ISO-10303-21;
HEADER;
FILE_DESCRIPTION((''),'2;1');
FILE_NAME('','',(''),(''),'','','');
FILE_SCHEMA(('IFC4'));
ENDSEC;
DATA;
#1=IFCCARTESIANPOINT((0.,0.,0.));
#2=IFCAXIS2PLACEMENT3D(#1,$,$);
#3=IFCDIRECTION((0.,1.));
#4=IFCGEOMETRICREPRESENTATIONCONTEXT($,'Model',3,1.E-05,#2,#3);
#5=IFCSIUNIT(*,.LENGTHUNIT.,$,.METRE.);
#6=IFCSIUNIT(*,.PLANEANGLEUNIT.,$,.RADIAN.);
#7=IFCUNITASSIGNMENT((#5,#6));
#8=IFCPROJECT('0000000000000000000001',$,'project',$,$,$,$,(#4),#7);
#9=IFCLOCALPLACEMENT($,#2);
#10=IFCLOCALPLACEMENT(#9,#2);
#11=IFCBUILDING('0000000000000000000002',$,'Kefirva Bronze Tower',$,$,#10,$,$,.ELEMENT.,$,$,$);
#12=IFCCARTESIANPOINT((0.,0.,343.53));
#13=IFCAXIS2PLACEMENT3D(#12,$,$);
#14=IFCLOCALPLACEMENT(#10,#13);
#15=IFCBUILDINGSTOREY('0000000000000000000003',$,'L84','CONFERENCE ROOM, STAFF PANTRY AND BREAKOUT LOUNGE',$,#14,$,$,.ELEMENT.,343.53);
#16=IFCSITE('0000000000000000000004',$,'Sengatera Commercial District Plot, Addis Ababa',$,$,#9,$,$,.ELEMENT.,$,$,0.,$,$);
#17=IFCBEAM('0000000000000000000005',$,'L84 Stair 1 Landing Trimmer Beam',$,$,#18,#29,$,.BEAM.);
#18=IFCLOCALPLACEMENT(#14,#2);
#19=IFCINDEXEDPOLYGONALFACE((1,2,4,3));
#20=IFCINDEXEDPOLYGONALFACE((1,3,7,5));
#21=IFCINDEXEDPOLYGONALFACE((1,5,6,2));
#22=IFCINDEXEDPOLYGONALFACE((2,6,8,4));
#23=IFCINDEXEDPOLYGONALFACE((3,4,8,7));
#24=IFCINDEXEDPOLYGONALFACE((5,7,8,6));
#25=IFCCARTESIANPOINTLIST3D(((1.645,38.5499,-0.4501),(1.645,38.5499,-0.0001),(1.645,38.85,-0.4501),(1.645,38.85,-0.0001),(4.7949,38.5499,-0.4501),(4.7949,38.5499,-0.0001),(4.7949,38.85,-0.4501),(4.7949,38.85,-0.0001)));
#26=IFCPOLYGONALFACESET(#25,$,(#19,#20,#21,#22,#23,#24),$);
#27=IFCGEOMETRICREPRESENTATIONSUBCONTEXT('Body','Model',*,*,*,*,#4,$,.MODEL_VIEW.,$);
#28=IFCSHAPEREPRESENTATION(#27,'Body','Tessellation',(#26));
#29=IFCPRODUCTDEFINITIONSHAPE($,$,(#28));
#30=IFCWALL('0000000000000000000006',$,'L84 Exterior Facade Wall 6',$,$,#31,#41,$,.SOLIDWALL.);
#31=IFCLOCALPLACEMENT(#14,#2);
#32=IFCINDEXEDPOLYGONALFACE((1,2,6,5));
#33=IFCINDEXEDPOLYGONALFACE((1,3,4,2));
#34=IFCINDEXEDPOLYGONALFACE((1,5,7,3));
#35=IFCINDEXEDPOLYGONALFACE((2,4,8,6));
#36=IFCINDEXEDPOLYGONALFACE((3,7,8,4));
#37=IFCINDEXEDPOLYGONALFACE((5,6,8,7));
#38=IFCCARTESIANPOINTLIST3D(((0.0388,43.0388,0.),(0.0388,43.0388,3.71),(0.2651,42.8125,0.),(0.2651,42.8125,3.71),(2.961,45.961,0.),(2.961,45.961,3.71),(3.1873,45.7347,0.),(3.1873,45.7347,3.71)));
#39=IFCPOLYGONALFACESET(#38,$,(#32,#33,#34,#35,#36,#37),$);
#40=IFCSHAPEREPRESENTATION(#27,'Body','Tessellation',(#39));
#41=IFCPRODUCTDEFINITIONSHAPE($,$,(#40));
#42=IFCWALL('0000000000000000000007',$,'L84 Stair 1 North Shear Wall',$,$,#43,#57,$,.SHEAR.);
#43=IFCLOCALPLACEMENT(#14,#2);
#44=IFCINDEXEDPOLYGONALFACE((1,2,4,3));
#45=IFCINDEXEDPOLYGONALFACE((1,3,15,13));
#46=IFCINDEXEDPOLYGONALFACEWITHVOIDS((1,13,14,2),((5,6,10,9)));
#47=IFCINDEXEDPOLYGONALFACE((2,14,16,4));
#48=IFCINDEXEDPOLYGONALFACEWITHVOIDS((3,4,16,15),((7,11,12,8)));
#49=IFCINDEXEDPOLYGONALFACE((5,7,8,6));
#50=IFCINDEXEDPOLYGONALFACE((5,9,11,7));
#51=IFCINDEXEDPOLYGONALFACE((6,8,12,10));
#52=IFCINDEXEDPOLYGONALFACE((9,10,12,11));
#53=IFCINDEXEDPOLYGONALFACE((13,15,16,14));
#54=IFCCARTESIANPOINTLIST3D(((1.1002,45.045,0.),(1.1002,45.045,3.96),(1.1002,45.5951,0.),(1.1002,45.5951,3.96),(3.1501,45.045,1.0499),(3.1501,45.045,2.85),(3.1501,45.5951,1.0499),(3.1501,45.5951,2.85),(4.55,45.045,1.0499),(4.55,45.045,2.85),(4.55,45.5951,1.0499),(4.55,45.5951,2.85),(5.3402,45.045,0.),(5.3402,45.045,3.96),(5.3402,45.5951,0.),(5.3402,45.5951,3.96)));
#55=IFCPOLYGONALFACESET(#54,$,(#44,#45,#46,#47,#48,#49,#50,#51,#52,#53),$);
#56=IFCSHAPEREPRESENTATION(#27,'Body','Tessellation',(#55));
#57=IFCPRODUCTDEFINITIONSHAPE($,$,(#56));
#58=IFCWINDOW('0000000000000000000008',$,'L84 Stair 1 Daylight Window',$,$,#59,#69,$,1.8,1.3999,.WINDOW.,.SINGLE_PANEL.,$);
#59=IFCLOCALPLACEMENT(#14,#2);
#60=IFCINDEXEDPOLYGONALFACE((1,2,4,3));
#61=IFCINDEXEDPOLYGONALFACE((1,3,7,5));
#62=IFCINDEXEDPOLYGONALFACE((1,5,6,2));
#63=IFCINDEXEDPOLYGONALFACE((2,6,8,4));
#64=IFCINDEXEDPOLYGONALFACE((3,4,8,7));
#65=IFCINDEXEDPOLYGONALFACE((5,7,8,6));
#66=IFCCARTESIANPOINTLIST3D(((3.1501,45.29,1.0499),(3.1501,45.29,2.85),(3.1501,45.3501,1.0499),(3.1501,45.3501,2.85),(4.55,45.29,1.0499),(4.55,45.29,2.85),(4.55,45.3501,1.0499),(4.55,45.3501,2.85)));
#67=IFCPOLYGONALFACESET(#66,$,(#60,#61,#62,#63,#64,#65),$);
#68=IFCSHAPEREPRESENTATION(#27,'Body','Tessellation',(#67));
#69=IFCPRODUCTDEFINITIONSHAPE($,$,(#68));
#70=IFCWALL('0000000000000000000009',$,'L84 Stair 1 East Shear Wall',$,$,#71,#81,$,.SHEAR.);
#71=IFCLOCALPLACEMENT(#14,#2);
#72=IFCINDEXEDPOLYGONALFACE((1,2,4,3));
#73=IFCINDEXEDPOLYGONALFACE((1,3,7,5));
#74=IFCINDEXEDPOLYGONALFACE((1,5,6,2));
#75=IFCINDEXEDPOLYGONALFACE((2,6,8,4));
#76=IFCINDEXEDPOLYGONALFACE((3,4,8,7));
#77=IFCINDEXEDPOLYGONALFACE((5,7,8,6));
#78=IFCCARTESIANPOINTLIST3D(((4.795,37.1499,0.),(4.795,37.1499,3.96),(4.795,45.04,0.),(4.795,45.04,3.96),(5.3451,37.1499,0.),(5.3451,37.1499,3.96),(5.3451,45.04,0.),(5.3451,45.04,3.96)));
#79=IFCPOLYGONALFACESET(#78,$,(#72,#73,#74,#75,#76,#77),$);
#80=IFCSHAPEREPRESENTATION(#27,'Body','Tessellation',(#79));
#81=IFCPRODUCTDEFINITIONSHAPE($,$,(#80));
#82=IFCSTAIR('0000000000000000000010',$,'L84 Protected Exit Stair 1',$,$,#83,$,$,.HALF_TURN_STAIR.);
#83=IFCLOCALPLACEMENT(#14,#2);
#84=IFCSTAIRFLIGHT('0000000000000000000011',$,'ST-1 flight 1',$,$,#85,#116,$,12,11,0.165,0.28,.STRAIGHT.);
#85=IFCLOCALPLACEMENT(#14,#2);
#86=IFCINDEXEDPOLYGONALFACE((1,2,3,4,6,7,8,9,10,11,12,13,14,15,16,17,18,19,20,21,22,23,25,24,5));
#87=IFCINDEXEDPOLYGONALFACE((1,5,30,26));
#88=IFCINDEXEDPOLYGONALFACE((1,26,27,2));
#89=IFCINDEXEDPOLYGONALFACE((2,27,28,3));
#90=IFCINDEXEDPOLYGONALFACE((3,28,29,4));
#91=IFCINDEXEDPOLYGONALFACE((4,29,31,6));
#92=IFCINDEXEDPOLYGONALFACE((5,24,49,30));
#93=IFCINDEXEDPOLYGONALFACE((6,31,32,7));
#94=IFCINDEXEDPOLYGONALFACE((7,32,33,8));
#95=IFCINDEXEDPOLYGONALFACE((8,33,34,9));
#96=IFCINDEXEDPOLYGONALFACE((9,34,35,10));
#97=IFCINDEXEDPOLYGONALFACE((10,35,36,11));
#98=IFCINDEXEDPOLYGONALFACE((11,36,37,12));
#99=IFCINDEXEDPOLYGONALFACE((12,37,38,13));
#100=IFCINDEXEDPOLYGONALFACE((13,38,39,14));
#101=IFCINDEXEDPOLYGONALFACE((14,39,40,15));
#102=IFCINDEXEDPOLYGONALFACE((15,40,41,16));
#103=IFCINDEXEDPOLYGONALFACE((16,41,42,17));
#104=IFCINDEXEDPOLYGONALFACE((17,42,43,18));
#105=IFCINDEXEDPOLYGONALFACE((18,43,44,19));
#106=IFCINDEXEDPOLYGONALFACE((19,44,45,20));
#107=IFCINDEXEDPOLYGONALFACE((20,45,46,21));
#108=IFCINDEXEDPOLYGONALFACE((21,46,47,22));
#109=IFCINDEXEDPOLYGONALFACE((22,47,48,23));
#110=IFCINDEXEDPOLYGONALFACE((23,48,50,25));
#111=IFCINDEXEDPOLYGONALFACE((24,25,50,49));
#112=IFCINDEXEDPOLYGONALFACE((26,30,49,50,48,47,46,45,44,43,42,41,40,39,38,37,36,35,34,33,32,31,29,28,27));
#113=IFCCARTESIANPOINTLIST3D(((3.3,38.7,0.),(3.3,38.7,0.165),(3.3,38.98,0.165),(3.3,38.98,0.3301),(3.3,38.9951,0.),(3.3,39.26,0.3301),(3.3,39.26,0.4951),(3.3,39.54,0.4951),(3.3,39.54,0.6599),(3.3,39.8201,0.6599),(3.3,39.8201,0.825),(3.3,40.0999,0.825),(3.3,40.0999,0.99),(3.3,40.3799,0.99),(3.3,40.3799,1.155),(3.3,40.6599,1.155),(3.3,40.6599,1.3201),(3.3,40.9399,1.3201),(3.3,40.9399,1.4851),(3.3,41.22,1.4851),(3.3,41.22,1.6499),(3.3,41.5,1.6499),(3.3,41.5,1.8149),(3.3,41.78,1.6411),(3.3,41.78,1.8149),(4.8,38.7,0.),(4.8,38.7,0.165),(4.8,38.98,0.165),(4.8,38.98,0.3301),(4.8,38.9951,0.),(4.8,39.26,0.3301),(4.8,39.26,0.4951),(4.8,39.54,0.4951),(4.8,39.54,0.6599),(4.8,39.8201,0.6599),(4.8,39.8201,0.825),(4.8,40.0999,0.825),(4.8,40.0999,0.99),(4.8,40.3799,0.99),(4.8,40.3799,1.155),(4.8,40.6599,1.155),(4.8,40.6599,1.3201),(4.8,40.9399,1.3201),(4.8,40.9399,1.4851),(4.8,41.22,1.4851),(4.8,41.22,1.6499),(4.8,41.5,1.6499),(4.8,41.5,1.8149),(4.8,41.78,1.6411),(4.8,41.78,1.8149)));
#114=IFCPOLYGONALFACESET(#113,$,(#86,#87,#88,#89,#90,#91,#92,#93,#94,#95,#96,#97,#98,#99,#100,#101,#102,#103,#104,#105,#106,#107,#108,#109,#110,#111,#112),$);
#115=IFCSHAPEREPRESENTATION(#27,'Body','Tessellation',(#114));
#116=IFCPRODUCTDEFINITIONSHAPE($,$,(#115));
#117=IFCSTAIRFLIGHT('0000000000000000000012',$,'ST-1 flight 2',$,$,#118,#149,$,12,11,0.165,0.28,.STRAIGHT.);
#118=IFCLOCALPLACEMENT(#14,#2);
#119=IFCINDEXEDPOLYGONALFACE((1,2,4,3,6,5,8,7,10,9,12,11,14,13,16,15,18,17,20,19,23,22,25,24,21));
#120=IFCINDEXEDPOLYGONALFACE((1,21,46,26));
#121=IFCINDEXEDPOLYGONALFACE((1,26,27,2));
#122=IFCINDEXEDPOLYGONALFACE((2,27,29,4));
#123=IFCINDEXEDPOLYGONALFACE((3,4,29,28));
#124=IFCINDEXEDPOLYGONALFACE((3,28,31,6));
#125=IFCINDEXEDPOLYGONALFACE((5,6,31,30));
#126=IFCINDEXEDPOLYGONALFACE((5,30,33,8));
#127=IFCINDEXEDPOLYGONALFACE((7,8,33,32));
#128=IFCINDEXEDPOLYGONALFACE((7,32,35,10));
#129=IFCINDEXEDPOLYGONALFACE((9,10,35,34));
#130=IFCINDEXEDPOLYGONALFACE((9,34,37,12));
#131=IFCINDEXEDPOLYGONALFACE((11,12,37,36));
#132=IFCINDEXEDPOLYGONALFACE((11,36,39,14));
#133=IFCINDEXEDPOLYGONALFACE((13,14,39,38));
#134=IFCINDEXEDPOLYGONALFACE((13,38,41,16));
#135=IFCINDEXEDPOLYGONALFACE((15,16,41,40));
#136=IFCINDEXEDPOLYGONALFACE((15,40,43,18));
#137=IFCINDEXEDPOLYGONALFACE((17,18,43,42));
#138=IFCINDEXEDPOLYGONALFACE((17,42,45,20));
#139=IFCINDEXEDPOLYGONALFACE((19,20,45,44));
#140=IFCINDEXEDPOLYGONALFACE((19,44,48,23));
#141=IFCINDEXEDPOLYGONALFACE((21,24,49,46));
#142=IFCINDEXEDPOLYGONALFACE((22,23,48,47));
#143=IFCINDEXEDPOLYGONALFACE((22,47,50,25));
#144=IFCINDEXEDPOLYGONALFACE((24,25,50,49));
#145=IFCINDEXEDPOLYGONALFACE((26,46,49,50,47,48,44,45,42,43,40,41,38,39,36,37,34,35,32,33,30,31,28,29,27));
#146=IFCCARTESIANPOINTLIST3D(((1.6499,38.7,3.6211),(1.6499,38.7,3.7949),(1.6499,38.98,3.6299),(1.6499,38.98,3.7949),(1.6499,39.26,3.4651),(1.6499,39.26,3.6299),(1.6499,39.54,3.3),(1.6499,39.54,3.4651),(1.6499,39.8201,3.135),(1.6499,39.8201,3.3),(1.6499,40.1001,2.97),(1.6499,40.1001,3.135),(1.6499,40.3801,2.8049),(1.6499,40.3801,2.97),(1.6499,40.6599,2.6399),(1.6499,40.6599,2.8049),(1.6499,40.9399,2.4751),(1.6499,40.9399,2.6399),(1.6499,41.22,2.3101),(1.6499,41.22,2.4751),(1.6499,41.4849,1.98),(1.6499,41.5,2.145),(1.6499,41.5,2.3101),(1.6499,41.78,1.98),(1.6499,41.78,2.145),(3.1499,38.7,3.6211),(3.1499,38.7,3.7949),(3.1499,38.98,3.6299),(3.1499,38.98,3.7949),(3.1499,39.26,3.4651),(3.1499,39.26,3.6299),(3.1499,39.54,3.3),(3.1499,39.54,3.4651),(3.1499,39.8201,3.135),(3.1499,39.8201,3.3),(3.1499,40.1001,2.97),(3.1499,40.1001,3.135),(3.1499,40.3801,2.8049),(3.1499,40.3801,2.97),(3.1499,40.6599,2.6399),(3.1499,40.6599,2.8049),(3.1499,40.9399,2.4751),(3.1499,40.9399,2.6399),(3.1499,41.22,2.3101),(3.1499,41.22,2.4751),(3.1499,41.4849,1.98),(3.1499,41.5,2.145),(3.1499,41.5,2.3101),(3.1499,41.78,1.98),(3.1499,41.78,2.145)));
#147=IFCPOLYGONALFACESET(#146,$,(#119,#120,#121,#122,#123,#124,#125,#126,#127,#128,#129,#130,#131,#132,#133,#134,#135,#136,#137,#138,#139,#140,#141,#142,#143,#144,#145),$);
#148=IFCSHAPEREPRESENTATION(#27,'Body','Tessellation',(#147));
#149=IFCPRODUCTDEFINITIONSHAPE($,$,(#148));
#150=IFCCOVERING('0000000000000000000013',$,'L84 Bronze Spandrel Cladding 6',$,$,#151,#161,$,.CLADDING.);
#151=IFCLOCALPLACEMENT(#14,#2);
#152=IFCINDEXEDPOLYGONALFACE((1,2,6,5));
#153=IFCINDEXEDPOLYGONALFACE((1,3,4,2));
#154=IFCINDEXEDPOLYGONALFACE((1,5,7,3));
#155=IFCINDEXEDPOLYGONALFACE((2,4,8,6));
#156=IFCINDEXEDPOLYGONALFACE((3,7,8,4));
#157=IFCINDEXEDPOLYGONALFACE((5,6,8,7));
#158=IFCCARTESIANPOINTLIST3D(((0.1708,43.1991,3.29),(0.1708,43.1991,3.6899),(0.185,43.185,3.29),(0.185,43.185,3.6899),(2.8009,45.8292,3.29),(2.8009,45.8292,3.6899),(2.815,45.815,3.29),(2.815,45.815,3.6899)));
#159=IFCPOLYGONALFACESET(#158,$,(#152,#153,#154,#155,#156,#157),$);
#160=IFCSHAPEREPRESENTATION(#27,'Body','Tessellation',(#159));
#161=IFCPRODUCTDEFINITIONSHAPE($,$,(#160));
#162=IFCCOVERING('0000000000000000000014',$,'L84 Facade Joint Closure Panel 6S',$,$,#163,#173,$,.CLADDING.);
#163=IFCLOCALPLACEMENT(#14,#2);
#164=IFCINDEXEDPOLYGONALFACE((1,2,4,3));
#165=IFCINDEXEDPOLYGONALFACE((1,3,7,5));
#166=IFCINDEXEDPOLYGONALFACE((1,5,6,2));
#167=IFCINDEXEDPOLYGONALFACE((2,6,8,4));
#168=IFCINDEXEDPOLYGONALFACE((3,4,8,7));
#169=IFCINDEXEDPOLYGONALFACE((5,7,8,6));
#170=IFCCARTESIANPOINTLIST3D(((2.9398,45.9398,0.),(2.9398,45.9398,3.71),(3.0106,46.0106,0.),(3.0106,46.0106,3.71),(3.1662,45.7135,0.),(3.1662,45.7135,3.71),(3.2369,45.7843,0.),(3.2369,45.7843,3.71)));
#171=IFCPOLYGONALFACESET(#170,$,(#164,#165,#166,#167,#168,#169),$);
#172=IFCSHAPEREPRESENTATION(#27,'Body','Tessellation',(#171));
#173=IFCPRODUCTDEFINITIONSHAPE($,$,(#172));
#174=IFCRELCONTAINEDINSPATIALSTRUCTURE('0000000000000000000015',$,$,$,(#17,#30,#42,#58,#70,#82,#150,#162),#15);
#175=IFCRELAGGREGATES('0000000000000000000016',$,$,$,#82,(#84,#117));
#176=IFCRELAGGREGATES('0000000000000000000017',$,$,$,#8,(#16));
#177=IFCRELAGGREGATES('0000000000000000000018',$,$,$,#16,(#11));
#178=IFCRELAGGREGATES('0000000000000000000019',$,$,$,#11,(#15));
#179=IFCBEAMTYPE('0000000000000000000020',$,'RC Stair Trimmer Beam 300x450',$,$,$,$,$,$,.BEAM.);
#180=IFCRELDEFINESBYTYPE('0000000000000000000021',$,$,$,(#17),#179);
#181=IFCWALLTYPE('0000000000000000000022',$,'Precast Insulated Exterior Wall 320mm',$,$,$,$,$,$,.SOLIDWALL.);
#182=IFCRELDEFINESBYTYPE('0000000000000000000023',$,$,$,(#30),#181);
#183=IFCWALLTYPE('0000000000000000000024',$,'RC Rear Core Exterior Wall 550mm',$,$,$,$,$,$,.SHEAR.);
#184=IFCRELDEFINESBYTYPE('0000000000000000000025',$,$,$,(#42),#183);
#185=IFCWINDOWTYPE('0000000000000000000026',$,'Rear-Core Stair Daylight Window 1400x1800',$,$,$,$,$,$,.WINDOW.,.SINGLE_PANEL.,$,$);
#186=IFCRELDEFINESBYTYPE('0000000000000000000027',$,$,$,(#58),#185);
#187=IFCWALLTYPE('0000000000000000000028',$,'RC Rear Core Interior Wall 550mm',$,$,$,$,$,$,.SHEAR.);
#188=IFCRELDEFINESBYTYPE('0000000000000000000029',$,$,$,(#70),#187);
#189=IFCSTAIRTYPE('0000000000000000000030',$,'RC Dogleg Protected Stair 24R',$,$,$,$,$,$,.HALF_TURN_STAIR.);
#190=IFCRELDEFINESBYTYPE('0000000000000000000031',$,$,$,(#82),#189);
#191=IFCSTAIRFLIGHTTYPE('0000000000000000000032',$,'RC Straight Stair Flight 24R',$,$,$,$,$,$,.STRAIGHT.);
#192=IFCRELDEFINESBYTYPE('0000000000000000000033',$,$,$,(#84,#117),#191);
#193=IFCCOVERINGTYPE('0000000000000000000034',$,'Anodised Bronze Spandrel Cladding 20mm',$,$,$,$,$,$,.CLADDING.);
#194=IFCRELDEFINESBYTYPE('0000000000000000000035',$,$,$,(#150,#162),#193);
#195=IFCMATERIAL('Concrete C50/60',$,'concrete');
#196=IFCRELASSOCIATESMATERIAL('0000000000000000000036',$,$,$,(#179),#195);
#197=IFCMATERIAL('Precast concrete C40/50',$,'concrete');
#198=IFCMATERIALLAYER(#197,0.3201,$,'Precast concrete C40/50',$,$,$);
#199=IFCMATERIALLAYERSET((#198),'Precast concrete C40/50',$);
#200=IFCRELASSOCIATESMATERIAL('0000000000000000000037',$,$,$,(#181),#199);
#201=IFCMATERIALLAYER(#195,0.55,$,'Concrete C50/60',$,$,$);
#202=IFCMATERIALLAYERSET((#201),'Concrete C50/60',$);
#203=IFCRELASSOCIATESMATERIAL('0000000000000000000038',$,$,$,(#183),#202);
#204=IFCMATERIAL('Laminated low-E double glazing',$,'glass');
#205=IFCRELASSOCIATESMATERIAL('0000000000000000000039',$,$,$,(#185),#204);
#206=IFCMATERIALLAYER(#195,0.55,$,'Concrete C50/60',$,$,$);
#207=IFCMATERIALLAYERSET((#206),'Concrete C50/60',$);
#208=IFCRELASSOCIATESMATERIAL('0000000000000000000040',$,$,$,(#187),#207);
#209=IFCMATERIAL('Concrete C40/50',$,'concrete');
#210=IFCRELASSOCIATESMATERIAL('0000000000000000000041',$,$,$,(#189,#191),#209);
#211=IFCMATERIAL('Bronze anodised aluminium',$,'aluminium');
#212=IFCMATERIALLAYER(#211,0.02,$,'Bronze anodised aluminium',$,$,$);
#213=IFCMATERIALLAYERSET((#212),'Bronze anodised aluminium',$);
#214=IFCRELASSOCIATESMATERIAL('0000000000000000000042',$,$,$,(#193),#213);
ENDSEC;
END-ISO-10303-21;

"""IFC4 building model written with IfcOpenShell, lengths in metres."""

from ifc_helpers import new_model, si_unit, direction, frame, frame_2d, origin, origin_2d, place, context, subcontext, project, spatial, polyline, rectangle, outline, extrude, material, layer, layer_set, material_profile, profile_set, type_object, element, fill, aggregate, save


model = new_model("IFC4")

# Units and contexts
model_context = context("Model", 3, precision=1e-05, world=origin(), true_north=direction((0.0, 1.0)))
body_context = subcontext(model_context, "Body", "Model", "MODEL_VIEW")
ifc_project = project(units=[si_unit("LENGTHUNIT", "METRE"), si_unit("PLANEANGLEUNIT", "RADIAN")], contexts=[model_context])

# Site, building, storey
site_placement = place(None, origin())
site = spatial("IfcSite", under=ifc_project, at=site_placement, Name="Sengatera Commercial District Plot, Addis Ababa", CompositionType="ELEMENT", RefElevation=0.0)
building_placement = place(site_placement, origin())
building = spatial("IfcBuilding", under=site, at=building_placement, Name="Kefirva Bronze Tower", CompositionType="ELEMENT")
storey_placement = place(building_placement, frame((0.0, 0.0, 343.53)))
storey = spatial("IfcBuildingStorey", under=building, at=storey_placement, Name="L84", Description="CONFERENCE ROOM, STAFF PANTRY AND BREAKOUT LOUNGE", CompositionType="ELEMENT", Elevation=343.53)

# Beam
ifc_material_1 = material(Name="Concrete C50/60", Category="concrete")
ifc_material_profile = material_profile(ifc_material_1, rectangle(XDim=0.3, YDim=0.45, at=origin_2d()), Name="RC 300x450")
ifc_profile_set = profile_set([ifc_material_profile], Name="Concrete C50/60")
beam_type = type_object("IfcBeamType", Name="RC Stair Trimmer Beam 300x450", PredefinedType="BEAM", material=ifc_profile_set)
beam_placement = place(storey_placement, frame((1.645, 38.7, -0.2251), z_axis=(1.0, 0.0, 0.0), x_axis=(0.0, 1.0, 0.0)))
element("IfcBeam", 1, at=beam_placement, inside=storey, type_object=beam_type, Name="L84 Stair 1 Landing Trimmer Beam", PredefinedType="BEAM", context=body_context, shape_type="SweptSolid", body=[
    extrude(rectangle(XDim=0.3, YDim=0.45, at=origin_2d()), origin(), (0.0, 0.0, 1.0), 3.1499),
])

# Wall
ifc_material_2 = material(Name="Precast concrete C40/50", Category="concrete")
ifc_layer_1 = layer(ifc_material_2, 0.3201, Name="Precast concrete C40/50")
ifc_layer_set_1 = layer_set([ifc_layer_1], Name="Precast concrete C40/50")
wall_type_1 = type_object("IfcWallType", Name="Precast Insulated Exterior Wall 320mm", PredefinedType="SOLIDWALL", material=ifc_layer_set_1)
wall_1_placement = place(storey_placement, frame((3.0742, 45.8479, 0.0), z_axis=(0.0, 0.0, 1.0), x_axis=(-0.707107, -0.707107, 0.0)))
element("IfcWall", 2, at=wall_1_placement, inside=storey, type_object=wall_type_1, Name="L84 Exterior Facade Wall 6", PredefinedType="SOLIDWALL", context=body_context, shape_type="SweptSolid", body=[
    extrude(rectangle(XDim=4.1326, YDim=0.3201, at=frame_2d((2.0664, 0.0))), origin(), (0.0, 0.0, 1.0), 3.71),
])

# Wall, opening, window
ifc_layer_2 = layer(ifc_material_1, 0.55, Name="Concrete C50/60")
ifc_layer_set_2 = layer_set([ifc_layer_2], Name="Concrete C50/60")
wall_type_2 = type_object("IfcWallType", Name="RC Rear Core Exterior Wall 550mm", PredefinedType="SHEAR", material=ifc_layer_set_2)
wall_2_placement = place(storey_placement, frame((1.1001, 45.3201, 0.0), z_axis=(0.0, 0.0, 1.0), x_axis=(1.0, 0.0, 0.0)))
wall_2 = element("IfcWall", 3, at=wall_2_placement, inside=storey, type_object=wall_type_2, Name="L84 Stair 1 North Shear Wall", PredefinedType="SHEAR", context=body_context, shape_type="SweptSolid", body=[
    extrude(rectangle(XDim=4.24, YDim=0.55, at=frame_2d((2.1201, 0.0))), origin(), (0.0, 0.0, 1.0), 3.96),
])
opening_placement = place(wall_2_placement, frame((2.05, 0.0, 1.05)))
opening = element("IfcOpeningElement", 4, at=opening_placement, cuts=wall_2, PredefinedType="OPENING", context=body_context, shape_type="SweptSolid", body=[
    extrude(rectangle(XDim=1.3999, YDim=1.8, at=frame_2d((0.7, 0.8999))), frame((0.0, 0.2852, 0.0), z_axis=(0.0, -1.0, 0.0), x_axis=(1.0, 0.0, 0.0)), (0.0, 0.0, 1.0), 0.5701),
])
ifc_material_3 = material(Name="Laminated low-E double glazing", Category="glass")
window_type = type_object("IfcWindowType", Name="Rear-Core Stair Daylight Window 1400x1800", PartitioningType="SINGLE_PANEL", PredefinedType="WINDOW", material=ifc_material_3)
window_placement = place(opening_placement, origin())
window = element("IfcWindow", 5, at=window_placement, inside=storey, type_object=window_type, Name="L84 Stair 1 Daylight Window", OverallHeight=1.8, OverallWidth=1.3999, PartitioningType="SINGLE_PANEL", PredefinedType="WINDOW", context=body_context, shape_type="SweptSolid", body=[
    extrude(rectangle(XDim=1.3999, YDim=1.8, at=frame_2d((0.7, 0.8999))), frame((0.0, 0.03, 0.0), z_axis=(0.0, -1.0, 0.0), x_axis=(1.0, 0.0, 0.0)), (0.0, 0.0, 1.0), 0.0601),
])
fill(opening, window)

# Wall
ifc_layer_3 = layer(ifc_material_1, 0.55, Name="Concrete C50/60")
ifc_layer_set_3 = layer_set([ifc_layer_3], Name="Concrete C50/60")
wall_type_3 = type_object("IfcWallType", Name="RC Rear Core Interior Wall 550mm", PredefinedType="SHEAR", material=ifc_layer_set_3)
wall_3_placement = place(storey_placement, frame((5.0701, 37.1499, 0.0), z_axis=(0.0, 0.0, 1.0), x_axis=(0.0, 1.0, 0.0)))
element("IfcWall", 6, at=wall_3_placement, inside=storey, type_object=wall_type_3, Name="L84 Stair 1 East Shear Wall", PredefinedType="SHEAR", context=body_context, shape_type="SweptSolid", body=[
    extrude(rectangle(XDim=7.8901, YDim=0.55, at=frame_2d((3.9451, 0.0))), origin(), (0.0, 0.0, 1.0), 3.96),
])

# Stair, stair flights
ifc_material_4 = material(Name="Concrete C40/50", Category="concrete")
stair_type = type_object("IfcStairType", Name="RC Dogleg Protected Stair 24R", PredefinedType="HALF_TURN_STAIR", material=ifc_material_4)
stair_placement = place(storey_placement, origin())
stair = element("IfcStair", 7, at=stair_placement, inside=storey, type_object=stair_type, Name="L84 Protected Exit Stair 1", PredefinedType="HALF_TURN_STAIR")
stair_flight_type = type_object("IfcStairFlightType", Name="RC Straight Stair Flight 24R", PredefinedType="STRAIGHT", material=ifc_material_4)
stair_flight_1_placement = place(storey_placement, frame((4.05, 38.7, 0.0), z_axis=(0.0, 0.0, 1.0), x_axis=(0.0, 1.0, 0.0)))
stair_flight_1 = element("IfcStairFlight", 8, at=stair_flight_1_placement, type_object=stair_flight_type, Name="ST-1 flight 1", NumberOfRisers=12, NumberOfTreads=11, PredefinedType="STRAIGHT", RiserHeight=0.165, TreadLength=0.28, context=body_context, shape_type="SweptSolid", body=[
    extrude(outline(polyline([(0.0, 0.0), (0.0, 0.165), (0.28, 0.165), (0.28, 0.3301), (0.5601, 0.3301), (0.5601, 0.4951), (0.8401, 0.4951), (0.8401, 0.6599), (1.1201, 0.6599), (1.1201, 0.825), (1.3999, 0.825), (1.3999, 0.99), (1.6799, 0.99), (1.6799, 1.155), (1.96, 1.155), (1.96, 1.3201), (2.24, 1.3201), (2.24, 1.4851), (2.52, 1.4851), (2.52, 1.6499), (2.8, 1.6499), (2.8, 1.8149), (3.0801, 1.8149), (3.0801, 1.98), (3.0801, 1.6411), (0.2952, 0.0), (0.0, 0.0)])), frame((0.0, 0.75, 0.0), z_axis=(0.0, -1.0, 0.0), x_axis=(1.0, 0.0, 0.0)), (0.0, 0.0, 1.0), 1.5),
])
stair_flight_2_placement = place(storey_placement, frame((2.3999, 41.78, 1.98), z_axis=(0.0, 0.0, 1.0), x_axis=(0.0, -1.0, 0.0)))
stair_flight_2 = element("IfcStairFlight", 9, at=stair_flight_2_placement, type_object=stair_flight_type, Name="ST-1 flight 2", NumberOfRisers=12, NumberOfTreads=11, PredefinedType="STRAIGHT", RiserHeight=0.165, TreadLength=0.28, context=body_context, shape_type="SweptSolid", body=[
    extrude(outline(polyline([(0.0, 0.0), (0.0, 0.165), (0.28, 0.165), (0.28, 0.3301), (0.5601, 0.3301), (0.5601, 0.4951), (0.8401, 0.4951), (0.8401, 0.6599), (1.1201, 0.6599), (1.1201, 0.825), (1.3999, 0.825), (1.3999, 0.99), (1.6799, 0.99), (1.6799, 1.155), (1.96, 1.155), (1.96, 1.3201), (2.24, 1.3201), (2.24, 1.4851), (2.52, 1.4851), (2.52, 1.6499), (2.8, 1.6499), (2.8, 1.8149), (3.0801, 1.8149), (3.0801, 1.98), (3.0801, 1.6411), (0.2952, 0.0), (0.0, 0.0)])), frame((0.0, 0.75, 0.0), z_axis=(0.0, -1.0, 0.0), x_axis=(1.0, 0.0, 0.0)), (0.0, 0.0, 1.0), 1.5),
])
aggregate(stair, [stair_flight_1, stair_flight_2])

# Coverings
ifc_material_5 = material(Name="Bronze anodised aluminium", Category="aluminium")
ifc_layer_4 = layer(ifc_material_5, 0.02, Name="Bronze anodised aluminium")
ifc_layer_set_4 = layer_set([ifc_layer_4], Name="Bronze anodised aluminium")
covering_type_1 = type_object("IfcCoveringType", Name="Anodised Bronze Spandrel Cladding 20mm", PredefinedType="CLADDING", material=ifc_layer_set_4)
covering_1_placement = place(storey_placement, frame((1.4929, 44.5071, 3.29), z_axis=(0.0, 0.0, 1.0), x_axis=(-0.707107, -0.707107, 0.0)))
element("IfcCovering", 10, at=covering_1_placement, inside=storey, type_object=covering_type_1, Name="L84 Bronze Spandrel Cladding 6", PredefinedType="CLADDING", context=body_context, shape_type="SweptSolid", body=[
    extrude(rectangle(XDim=3.7195, YDim=0.02, at=origin_2d()), origin(), (0.0, 0.0, 1.0), 0.3999),
])
for number, where, z_axis, x_axis, name in (
    (11, (3.0884, 45.8621, 0.0), (0.0, 0.0, 1.0), (-0.707107, -0.707107, 0.0), "L84 Facade Joint Closure Panel 6S"),
):
    element("IfcCovering", number, at=place(storey_placement, frame(where, z_axis=z_axis, x_axis=x_axis)), inside=storey, type_object=covering_type_1, Name=name, PredefinedType="CLADDING", context=body_context, shape_type="SweptSolid", body=[
        extrude(rectangle(XDim=0.1001, YDim=0.3201, at=origin_2d()), origin(), (0.0, 0.0, 1.0), 3.71),
    ])

save(model, "model.ifc")
